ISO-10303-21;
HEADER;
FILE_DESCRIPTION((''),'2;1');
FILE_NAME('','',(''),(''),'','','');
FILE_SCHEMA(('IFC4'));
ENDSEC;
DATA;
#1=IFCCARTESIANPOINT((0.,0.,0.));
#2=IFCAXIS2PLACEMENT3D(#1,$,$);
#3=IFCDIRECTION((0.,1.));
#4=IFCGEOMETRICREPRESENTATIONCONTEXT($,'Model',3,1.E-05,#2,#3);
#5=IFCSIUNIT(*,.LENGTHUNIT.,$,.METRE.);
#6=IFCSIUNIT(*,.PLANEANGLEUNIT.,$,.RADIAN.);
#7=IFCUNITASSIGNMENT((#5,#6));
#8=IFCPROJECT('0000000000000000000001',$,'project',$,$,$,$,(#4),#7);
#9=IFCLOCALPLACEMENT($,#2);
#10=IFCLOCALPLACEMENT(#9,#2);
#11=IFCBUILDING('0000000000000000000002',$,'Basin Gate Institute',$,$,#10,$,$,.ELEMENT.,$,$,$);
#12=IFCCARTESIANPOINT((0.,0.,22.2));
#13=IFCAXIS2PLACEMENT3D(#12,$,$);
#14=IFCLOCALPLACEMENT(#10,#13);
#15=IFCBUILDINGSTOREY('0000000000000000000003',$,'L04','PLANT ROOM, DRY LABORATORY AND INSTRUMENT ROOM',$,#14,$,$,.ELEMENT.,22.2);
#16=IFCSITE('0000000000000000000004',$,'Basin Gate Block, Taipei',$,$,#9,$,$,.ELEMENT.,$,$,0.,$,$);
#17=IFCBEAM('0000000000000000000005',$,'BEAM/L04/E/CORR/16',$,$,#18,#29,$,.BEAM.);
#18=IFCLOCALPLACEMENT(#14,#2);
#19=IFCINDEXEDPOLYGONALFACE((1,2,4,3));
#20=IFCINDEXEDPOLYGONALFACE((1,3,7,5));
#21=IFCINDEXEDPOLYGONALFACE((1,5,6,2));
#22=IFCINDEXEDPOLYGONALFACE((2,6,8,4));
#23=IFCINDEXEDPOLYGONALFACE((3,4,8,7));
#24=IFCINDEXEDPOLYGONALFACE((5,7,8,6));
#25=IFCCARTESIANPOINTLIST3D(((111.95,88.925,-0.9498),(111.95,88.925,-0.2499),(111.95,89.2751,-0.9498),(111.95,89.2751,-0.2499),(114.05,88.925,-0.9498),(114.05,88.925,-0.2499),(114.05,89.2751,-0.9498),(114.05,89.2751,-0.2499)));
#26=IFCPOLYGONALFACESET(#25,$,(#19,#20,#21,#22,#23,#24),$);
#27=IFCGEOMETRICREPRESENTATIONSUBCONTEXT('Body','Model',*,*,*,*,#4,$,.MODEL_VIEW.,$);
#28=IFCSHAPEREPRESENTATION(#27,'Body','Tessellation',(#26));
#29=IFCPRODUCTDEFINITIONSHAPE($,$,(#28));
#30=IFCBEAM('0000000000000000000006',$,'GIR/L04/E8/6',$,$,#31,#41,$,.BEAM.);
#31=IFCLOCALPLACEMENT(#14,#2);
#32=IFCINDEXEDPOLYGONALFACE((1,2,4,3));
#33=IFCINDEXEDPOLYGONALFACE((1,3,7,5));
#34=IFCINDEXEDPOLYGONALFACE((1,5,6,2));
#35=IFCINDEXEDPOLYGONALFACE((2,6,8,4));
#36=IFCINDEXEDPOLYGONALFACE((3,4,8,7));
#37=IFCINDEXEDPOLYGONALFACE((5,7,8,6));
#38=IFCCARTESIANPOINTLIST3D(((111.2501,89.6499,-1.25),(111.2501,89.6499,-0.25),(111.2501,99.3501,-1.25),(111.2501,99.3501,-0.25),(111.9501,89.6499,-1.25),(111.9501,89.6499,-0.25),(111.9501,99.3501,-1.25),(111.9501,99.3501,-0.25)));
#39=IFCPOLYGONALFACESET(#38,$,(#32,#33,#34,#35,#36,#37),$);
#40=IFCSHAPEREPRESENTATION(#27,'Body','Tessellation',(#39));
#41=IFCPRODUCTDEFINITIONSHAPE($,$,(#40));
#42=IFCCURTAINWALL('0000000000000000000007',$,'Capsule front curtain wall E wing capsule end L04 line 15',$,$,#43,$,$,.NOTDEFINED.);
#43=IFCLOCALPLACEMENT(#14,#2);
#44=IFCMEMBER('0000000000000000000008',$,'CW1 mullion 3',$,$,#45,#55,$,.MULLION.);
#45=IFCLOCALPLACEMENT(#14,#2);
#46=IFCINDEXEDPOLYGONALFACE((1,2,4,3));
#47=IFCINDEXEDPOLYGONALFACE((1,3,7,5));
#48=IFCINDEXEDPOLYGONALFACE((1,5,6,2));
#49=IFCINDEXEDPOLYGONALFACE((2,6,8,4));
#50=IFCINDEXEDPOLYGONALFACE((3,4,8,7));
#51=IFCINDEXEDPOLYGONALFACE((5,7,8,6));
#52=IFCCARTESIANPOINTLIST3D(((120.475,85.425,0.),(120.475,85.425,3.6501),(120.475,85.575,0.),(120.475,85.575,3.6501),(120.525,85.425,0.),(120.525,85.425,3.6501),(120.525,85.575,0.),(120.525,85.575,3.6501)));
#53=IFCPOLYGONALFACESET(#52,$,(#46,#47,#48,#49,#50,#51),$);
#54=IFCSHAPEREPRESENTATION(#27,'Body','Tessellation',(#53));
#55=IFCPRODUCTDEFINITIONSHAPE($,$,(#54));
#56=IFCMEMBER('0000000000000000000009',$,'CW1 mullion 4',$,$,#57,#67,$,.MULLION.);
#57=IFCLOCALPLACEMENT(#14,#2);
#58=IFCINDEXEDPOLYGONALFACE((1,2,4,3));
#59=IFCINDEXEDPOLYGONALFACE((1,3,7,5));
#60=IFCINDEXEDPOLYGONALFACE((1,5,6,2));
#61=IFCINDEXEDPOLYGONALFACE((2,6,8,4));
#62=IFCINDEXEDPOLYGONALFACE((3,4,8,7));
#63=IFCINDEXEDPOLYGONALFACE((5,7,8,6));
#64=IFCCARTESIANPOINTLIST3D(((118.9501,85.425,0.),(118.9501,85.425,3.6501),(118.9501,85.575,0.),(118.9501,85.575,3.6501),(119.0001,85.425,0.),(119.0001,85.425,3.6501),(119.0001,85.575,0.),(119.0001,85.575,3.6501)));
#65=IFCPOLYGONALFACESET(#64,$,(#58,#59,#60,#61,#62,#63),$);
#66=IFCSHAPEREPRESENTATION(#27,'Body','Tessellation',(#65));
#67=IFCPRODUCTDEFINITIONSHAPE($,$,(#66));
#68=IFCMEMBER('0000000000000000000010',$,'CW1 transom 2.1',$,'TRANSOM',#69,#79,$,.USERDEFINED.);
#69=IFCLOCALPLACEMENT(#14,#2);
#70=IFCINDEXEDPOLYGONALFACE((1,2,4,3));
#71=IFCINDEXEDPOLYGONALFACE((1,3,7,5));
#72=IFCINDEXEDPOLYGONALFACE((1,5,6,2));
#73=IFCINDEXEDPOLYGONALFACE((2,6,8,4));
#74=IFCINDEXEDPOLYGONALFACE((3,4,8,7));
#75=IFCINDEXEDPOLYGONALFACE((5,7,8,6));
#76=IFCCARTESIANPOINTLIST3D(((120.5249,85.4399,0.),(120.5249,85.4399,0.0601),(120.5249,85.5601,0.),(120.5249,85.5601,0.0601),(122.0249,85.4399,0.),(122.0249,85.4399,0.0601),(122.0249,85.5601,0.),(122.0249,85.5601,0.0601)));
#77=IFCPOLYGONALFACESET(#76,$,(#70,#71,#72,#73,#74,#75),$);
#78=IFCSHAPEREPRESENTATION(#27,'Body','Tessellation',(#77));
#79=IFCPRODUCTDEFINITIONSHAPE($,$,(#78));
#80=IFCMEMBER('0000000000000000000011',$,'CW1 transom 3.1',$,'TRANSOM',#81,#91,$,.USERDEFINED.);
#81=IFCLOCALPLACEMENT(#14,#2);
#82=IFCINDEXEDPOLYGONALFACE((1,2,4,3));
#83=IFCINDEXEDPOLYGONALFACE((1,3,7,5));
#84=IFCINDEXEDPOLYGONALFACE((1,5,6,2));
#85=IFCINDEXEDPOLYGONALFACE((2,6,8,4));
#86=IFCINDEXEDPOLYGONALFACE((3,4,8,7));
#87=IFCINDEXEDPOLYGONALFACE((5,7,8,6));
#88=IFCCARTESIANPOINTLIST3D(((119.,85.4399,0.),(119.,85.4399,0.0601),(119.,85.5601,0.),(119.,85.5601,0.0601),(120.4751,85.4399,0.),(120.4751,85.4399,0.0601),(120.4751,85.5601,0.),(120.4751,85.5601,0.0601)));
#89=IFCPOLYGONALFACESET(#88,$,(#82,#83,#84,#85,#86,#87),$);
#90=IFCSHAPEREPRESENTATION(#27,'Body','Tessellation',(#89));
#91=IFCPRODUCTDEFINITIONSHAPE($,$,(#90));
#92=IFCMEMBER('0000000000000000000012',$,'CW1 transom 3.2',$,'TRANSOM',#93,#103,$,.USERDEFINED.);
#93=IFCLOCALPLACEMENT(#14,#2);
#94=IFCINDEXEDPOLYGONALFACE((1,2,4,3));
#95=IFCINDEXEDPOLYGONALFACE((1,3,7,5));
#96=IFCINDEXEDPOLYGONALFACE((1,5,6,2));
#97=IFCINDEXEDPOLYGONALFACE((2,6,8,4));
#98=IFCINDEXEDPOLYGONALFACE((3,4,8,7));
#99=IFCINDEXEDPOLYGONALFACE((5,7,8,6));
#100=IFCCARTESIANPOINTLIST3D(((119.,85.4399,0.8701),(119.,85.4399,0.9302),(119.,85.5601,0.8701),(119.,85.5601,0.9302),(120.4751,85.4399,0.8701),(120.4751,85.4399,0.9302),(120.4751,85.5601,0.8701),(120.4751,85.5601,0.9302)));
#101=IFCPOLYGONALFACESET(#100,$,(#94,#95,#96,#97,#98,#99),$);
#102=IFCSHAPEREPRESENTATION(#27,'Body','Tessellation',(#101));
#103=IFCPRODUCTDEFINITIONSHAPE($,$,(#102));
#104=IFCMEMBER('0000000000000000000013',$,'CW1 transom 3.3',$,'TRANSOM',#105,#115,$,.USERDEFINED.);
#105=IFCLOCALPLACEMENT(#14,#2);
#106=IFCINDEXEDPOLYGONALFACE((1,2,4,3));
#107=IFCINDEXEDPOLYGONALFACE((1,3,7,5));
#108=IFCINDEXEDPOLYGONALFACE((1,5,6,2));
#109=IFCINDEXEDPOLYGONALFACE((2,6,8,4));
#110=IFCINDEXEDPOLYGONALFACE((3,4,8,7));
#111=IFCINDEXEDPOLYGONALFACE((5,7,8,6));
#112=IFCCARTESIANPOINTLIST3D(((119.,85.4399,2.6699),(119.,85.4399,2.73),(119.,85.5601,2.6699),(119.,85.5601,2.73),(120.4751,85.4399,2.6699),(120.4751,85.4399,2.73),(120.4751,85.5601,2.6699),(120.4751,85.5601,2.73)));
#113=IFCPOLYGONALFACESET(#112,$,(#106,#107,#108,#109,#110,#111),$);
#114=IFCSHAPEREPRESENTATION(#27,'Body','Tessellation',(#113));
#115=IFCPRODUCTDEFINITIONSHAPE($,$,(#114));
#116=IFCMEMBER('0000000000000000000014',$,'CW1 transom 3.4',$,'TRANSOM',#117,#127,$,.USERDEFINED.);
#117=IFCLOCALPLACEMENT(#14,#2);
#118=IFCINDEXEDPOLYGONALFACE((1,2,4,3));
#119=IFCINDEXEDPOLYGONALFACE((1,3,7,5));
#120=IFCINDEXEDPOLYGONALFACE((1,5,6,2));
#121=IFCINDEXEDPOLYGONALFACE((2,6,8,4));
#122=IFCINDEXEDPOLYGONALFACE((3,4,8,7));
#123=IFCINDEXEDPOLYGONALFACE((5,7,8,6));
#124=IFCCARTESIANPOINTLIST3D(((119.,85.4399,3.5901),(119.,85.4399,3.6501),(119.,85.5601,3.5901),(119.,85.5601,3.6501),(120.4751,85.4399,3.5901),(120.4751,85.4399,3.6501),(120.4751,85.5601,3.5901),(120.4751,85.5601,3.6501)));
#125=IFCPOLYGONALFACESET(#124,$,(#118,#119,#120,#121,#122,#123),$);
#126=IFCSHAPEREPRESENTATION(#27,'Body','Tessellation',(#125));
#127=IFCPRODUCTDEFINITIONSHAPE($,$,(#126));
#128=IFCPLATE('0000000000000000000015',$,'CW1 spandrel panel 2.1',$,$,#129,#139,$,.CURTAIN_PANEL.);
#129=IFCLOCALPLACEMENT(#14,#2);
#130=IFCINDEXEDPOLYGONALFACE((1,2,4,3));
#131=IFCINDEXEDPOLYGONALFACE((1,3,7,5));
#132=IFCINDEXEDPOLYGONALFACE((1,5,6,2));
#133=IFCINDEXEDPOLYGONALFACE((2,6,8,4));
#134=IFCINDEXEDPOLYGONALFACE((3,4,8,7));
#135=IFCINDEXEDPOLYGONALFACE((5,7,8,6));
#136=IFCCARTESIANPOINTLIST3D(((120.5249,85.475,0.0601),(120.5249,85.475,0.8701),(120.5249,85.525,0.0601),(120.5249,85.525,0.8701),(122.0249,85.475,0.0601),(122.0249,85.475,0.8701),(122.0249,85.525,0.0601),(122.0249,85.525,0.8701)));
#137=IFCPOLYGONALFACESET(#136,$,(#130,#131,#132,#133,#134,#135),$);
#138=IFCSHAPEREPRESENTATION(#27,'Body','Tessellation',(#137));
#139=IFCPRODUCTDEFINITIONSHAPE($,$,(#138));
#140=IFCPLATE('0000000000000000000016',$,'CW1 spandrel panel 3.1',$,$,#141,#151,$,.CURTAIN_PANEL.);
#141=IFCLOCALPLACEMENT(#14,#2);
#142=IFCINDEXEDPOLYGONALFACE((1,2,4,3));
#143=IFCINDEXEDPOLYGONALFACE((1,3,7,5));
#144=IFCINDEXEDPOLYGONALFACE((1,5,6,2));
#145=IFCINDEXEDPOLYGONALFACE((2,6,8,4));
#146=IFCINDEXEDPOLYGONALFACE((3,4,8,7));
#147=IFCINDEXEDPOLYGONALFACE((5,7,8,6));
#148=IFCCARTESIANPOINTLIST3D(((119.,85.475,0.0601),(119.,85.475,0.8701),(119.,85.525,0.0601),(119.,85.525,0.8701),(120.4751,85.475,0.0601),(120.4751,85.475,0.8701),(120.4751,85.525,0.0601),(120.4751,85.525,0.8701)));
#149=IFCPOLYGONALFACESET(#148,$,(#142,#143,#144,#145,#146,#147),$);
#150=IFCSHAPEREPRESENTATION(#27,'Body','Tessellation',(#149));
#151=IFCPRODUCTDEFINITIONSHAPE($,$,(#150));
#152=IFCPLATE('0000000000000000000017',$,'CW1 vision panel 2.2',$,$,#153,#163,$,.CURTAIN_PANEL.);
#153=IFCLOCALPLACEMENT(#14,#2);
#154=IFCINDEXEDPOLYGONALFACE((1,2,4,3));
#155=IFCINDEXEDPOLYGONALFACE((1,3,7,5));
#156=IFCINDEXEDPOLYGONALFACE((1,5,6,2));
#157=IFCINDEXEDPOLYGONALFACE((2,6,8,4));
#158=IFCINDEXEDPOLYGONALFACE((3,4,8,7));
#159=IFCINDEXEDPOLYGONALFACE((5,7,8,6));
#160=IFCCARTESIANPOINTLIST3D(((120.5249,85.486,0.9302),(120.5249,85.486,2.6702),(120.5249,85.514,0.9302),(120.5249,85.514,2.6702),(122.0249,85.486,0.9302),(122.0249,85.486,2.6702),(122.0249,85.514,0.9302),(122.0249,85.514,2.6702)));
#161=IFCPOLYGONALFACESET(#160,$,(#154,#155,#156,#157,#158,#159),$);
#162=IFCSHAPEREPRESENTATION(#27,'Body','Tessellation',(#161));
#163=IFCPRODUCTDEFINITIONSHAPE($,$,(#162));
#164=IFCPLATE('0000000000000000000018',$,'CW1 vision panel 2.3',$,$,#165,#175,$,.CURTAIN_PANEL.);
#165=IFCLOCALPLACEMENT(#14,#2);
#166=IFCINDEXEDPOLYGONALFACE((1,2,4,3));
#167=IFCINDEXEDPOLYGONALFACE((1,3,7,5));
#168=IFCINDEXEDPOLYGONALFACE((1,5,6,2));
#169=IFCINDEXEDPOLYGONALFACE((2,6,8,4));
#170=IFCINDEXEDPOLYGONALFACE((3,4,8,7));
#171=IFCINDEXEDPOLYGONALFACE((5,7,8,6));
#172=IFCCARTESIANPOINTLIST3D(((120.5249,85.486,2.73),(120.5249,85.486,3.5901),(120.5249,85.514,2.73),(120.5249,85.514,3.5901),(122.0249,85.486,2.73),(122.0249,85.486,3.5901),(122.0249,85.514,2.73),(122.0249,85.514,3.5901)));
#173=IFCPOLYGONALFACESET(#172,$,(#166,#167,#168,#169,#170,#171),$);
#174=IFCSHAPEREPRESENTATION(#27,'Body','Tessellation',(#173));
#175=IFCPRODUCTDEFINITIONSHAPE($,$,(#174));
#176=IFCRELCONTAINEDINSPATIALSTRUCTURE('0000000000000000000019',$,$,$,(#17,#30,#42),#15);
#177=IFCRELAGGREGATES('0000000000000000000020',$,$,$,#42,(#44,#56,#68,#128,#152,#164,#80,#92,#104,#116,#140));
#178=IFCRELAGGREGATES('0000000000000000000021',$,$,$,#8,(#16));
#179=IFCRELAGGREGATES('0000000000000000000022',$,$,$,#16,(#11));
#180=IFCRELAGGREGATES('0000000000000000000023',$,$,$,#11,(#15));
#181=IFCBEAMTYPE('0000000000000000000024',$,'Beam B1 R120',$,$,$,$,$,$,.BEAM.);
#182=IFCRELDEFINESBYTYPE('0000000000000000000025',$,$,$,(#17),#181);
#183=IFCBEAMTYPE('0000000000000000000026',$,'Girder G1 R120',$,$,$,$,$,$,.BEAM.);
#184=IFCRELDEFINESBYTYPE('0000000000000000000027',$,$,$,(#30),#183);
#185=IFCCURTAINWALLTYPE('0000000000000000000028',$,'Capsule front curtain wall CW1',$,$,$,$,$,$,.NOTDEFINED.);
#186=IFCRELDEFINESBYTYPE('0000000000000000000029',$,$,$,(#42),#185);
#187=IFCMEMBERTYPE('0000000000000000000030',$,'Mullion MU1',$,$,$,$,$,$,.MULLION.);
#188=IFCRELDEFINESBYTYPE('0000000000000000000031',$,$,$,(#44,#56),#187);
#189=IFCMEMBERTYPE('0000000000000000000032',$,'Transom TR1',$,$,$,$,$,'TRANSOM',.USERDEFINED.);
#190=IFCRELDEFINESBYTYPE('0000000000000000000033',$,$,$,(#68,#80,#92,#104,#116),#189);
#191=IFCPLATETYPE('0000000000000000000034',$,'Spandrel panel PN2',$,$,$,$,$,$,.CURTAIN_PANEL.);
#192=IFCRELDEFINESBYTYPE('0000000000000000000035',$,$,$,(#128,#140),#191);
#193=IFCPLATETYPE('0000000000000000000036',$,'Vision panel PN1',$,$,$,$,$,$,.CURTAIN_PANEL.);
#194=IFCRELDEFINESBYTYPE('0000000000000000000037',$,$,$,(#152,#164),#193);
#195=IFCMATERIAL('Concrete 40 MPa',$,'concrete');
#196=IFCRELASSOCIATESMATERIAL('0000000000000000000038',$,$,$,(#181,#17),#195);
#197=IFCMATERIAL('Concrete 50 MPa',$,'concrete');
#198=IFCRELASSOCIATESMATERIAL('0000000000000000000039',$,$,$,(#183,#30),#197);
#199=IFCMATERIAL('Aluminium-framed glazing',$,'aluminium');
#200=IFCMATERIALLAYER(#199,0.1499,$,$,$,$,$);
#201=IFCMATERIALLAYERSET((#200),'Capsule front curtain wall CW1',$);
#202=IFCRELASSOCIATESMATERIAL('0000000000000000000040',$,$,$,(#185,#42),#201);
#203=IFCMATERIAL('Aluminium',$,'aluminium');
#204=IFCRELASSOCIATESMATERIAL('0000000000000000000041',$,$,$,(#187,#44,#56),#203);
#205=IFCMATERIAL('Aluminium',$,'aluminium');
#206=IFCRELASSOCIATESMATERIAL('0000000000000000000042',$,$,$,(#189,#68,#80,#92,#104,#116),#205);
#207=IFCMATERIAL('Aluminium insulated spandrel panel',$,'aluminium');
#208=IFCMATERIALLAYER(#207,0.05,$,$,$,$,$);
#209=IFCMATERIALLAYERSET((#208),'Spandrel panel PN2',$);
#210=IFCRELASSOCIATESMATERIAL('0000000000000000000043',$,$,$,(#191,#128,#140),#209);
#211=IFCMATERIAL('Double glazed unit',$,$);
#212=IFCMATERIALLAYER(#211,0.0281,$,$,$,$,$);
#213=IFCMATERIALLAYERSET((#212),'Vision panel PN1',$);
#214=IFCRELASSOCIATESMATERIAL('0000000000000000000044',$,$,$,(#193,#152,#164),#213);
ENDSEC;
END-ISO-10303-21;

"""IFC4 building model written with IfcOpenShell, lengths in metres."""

from ifc_helpers import new_model, si_unit, direction, frame, origin, origin_2d, place, context, subcontext, project, spatial, rectangle, extrude, material, layer, layer_set, material_profile, profile_set, type_object, element, aggregate, save


model = new_model("IFC4")

# Units and contexts
model_context = context("Model", 3, precision=1e-05, world=origin(), true_north=direction((0.0, 1.0)))
body_context = subcontext(model_context, "Body", "Model", "MODEL_VIEW")
ifc_project = project(units=[si_unit("LENGTHUNIT", "METRE"), si_unit("PLANEANGLEUNIT", "RADIAN")], contexts=[model_context])

# Site, building, storey
site_placement = place(None, origin())
site = spatial("IfcSite", under=ifc_project, at=site_placement, Name="Basin Gate Block, Taipei", CompositionType="ELEMENT", RefElevation=0.0)
building_placement = place(site_placement, origin())
building = spatial("IfcBuilding", under=site, at=building_placement, Name="Basin Gate Institute", CompositionType="ELEMENT")
storey_placement = place(building_placement, frame((0.0, 0.0, 22.2)))
storey = spatial("IfcBuildingStorey", under=building, at=storey_placement, Name="L04", Description="PLANT ROOM, DRY LABORATORY AND INSTRUMENT ROOM", CompositionType="ELEMENT", Elevation=22.2)

# Beams
ifc_material_1 = material(Name="Concrete 40 MPa", Category="concrete")
ifc_material_profile_1 = material_profile(ifc_material_1, rectangle(XDim=0.3501, YDim=0.7, at=origin_2d()), Name="Beam B1 350 x 700")
ifc_profile_set_1 = profile_set([ifc_material_profile_1], Name="Concrete 40 MPa")
beam_type_1 = type_object("IfcBeamType", Name="Beam B1 R120", PredefinedType="BEAM", material=ifc_profile_set_1)
beam_1_placement = place(storey_placement, frame((114.05, 89.1001, -0.5999), z_axis=(-1.0, 0.0, 0.0), x_axis=(0.0, -1.0, 0.0)))
element("IfcBeam", 1, at=beam_1_placement, inside=storey, type_object=beam_type_1, material=ifc_profile_set_1, Name="BEAM/L04/E/CORR/16", PredefinedType="BEAM", context=body_context, shape_type="SweptSolid", body=[
    extrude(rectangle(XDim=0.3501, YDim=0.7, at=origin_2d()), origin(), (0.0, 0.0, 1.0), 2.1001),
])
ifc_material_2 = material(Name="Concrete 50 MPa", Category="concrete")
ifc_material_profile_2 = material_profile(ifc_material_2, rectangle(XDim=0.7, YDim=1.0, at=origin_2d()), Name="Girder G1 700 x 1000")
ifc_profile_set_2 = profile_set([ifc_material_profile_2], Name="Concrete 50 MPa")
beam_type_2 = type_object("IfcBeamType", Name="Girder G1 R120", PredefinedType="BEAM", material=ifc_profile_set_2)
beam_2_placement = place(storey_placement, frame((111.6001, 89.6499, -0.75), z_axis=(0.0, 1.0, 0.0), x_axis=(-1.0, 0.0, 0.0)))
element("IfcBeam", 2, at=beam_2_placement, inside=storey, type_object=beam_type_2, material=ifc_profile_set_2, Name="GIR/L04/E8/6", PredefinedType="BEAM", context=body_context, shape_type="SweptSolid", body=[
    extrude(rectangle(XDim=0.7, YDim=1.0, at=origin_2d()), origin(), (0.0, 0.0, 1.0), 9.7002),
])

# Curtain wall, members, plates
ifc_material_3 = material(Name="Aluminium-framed glazing", Category="aluminium")
ifc_layer_1 = layer(ifc_material_3, 0.1499)
ifc_layer_set_1 = layer_set([ifc_layer_1], Name="Capsule front curtain wall CW1")
curtain_wall_type = type_object("IfcCurtainWallType", Name="Capsule front curtain wall CW1", PredefinedType="NOTDEFINED", material=ifc_layer_set_1)
curtain_wall_placement = place(storey_placement, origin())
curtain_wall = element("IfcCurtainWall", 3, at=curtain_wall_placement, inside=storey, type_object=curtain_wall_type, material=ifc_layer_set_1, Name="Capsule front curtain wall E wing capsule end L04 line 15", PredefinedType="NOTDEFINED")
ifc_material_4 = material(Name="Aluminium", Category="aluminium")
ifc_material_profile_3 = material_profile(ifc_material_4, rectangle(XDim=0.1499, YDim=0.05, at=origin_2d()), Name="Mullion MU1 150 x 50")
ifc_profile_set_3 = profile_set([ifc_material_profile_3], Name="Aluminium")
member_type_1 = type_object("IfcMemberType", Name="Mullion MU1", PredefinedType="MULLION", material=ifc_profile_set_3)
member_1_placement = place(storey_placement, frame((120.5, 85.5, 0.0), z_axis=(0.0, 0.0, 1.0), x_axis=(0.0, -1.0, 0.0)))
member_1 = element("IfcMember", 4, at=member_1_placement, type_object=member_type_1, material=ifc_profile_set_3, Name="CW1 mullion 3", PredefinedType="MULLION", context=body_context, shape_type="SweptSolid", body=[
    extrude(rectangle(XDim=0.1499, YDim=0.05, at=origin_2d()), origin(), (0.0, 0.0, 1.0), 3.6501),
])
member_2_placement = place(storey_placement, frame((118.9751, 85.5, 0.0), z_axis=(0.0, 0.0, 1.0), x_axis=(0.0, -1.0, 0.0)))
member_2 = element("IfcMember", 5, at=member_2_placement, type_object=member_type_1, material=ifc_profile_set_3, Name="CW1 mullion 4", PredefinedType="MULLION", context=body_context, shape_type="SweptSolid", body=[
    extrude(rectangle(XDim=0.1499, YDim=0.05, at=origin_2d()), origin(), (0.0, 0.0, 1.0), 3.6501),
])
ifc_material_5 = material(Name="Aluminium", Category="aluminium")
ifc_material_profile_4 = material_profile(ifc_material_5, rectangle(XDim=0.1201, YDim=0.0601, at=origin_2d()), Name="Transom TR1 120 x 60")
ifc_profile_set_4 = profile_set([ifc_material_profile_4], Name="Aluminium")
member_type_2 = type_object("IfcMemberType", Name="Transom TR1", ElementType="TRANSOM", PredefinedType="USERDEFINED", material=ifc_profile_set_4)
member_3_placement = place(storey_placement, frame((122.0249, 85.5, 0.03), z_axis=(-1.0, 0.0, 0.0), x_axis=(0.0, -1.0, 0.0)))
member_3 = element("IfcMember", 6, at=member_3_placement, type_object=member_type_2, material=ifc_profile_set_4, Name="CW1 transom 2.1", ObjectType="TRANSOM", PredefinedType="USERDEFINED", context=body_context, shape_type="SweptSolid", body=[
    extrude(rectangle(XDim=0.1201, YDim=0.0601, at=origin_2d()), origin(), (0.0, 0.0, 1.0), 1.5),
])
member_4_placement = place(storey_placement, frame((120.4751, 85.5, 0.03), z_axis=(-1.0, 0.0, 0.0), x_axis=(0.0, -1.0, 0.0)))
member_4 = element("IfcMember", 7, at=member_4_placement, type_object=member_type_2, material=ifc_profile_set_4, Name="CW1 transom 3.1", ObjectType="TRANSOM", PredefinedType="USERDEFINED", context=body_context, shape_type="SweptSolid", body=[
    extrude(rectangle(XDim=0.1201, YDim=0.0601, at=origin_2d()), origin(), (0.0, 0.0, 1.0), 1.4751),
])
member_5_placement = place(storey_placement, frame((120.4751, 85.5, 0.9001), z_axis=(-1.0, 0.0, 0.0), x_axis=(0.0, -1.0, 0.0)))
member_5 = element("IfcMember", 8, at=member_5_placement, type_object=member_type_2, material=ifc_profile_set_4, Name="CW1 transom 3.2", ObjectType="TRANSOM", PredefinedType="USERDEFINED", context=body_context, shape_type="SweptSolid", body=[
    extrude(rectangle(XDim=0.1201, YDim=0.0601, at=origin_2d()), origin(), (0.0, 0.0, 1.0), 1.4751),
])
member_6_placement = place(storey_placement, frame((120.4751, 85.5, 2.7), z_axis=(-1.0, 0.0, 0.0), x_axis=(0.0, -1.0, 0.0)))
member_6 = element("IfcMember", 9, at=member_6_placement, type_object=member_type_2, material=ifc_profile_set_4, Name="CW1 transom 3.3", ObjectType="TRANSOM", PredefinedType="USERDEFINED", context=body_context, shape_type="SweptSolid", body=[
    extrude(rectangle(XDim=0.1201, YDim=0.0601, at=origin_2d()), origin(), (0.0, 0.0, 1.0), 1.4751),
])
member_7_placement = place(storey_placement, frame((120.4751, 85.5, 3.6201), z_axis=(-1.0, 0.0, 0.0), x_axis=(0.0, -1.0, 0.0)))
member_7 = element("IfcMember", 10, at=member_7_placement, type_object=member_type_2, material=ifc_profile_set_4, Name="CW1 transom 3.4", ObjectType="TRANSOM", PredefinedType="USERDEFINED", context=body_context, shape_type="SweptSolid", body=[
    extrude(rectangle(XDim=0.1201, YDim=0.0601, at=origin_2d()), origin(), (0.0, 0.0, 1.0), 1.4751),
])
ifc_material_6 = material(Name="Aluminium insulated spandrel panel", Category="aluminium")
ifc_layer_2 = layer(ifc_material_6, 0.05)
ifc_layer_set_2 = layer_set([ifc_layer_2], Name="Spandrel panel PN2")
plate_type_1 = type_object("IfcPlateType", Name="Spandrel panel PN2", PredefinedType="CURTAIN_PANEL", material=ifc_layer_set_2)
plate_1_placement = place(storey_placement, frame((121.2749, 85.5, 0.0601), z_axis=(0.0, 0.0, 1.0), x_axis=(-1.0, 0.0, 0.0)))
plate_1 = element("IfcPlate", 11, at=plate_1_placement, type_object=plate_type_1, material=ifc_layer_set_2, Name="CW1 spandrel panel 2.1", PredefinedType="CURTAIN_PANEL", context=body_context, shape_type="SweptSolid", body=[
    extrude(rectangle(XDim=1.5, YDim=0.05, at=origin_2d()), origin(), (0.0, 0.0, 1.0), 0.8101),
])
plate_2_placement = place(storey_placement, frame((119.7375, 85.5, 0.0601), z_axis=(0.0, 0.0, 1.0), x_axis=(-1.0, 0.0, 0.0)))
plate_2 = element("IfcPlate", 12, at=plate_2_placement, type_object=plate_type_1, material=ifc_layer_set_2, Name="CW1 spandrel panel 3.1", PredefinedType="CURTAIN_PANEL", context=body_context, shape_type="SweptSolid", body=[
    extrude(rectangle(XDim=1.4751, YDim=0.05, at=origin_2d()), origin(), (0.0, 0.0, 1.0), 0.8101),
])
ifc_material_7 = material(Name="Double glazed unit")
ifc_layer_3 = layer(ifc_material_7, 0.0281)
ifc_layer_set_3 = layer_set([ifc_layer_3], Name="Vision panel PN1")
plate_type_2 = type_object("IfcPlateType", Name="Vision panel PN1", PredefinedType="CURTAIN_PANEL", material=ifc_layer_set_3)
plate_3_placement = place(storey_placement, frame((121.2749, 85.5, 0.9302), z_axis=(0.0, 0.0, 1.0), x_axis=(-1.0, 0.0, 0.0)))
plate_3 = element("IfcPlate", 13, at=plate_3_placement, type_object=plate_type_2, material=ifc_layer_set_3, Name="CW1 vision panel 2.2", PredefinedType="CURTAIN_PANEL", context=body_context, shape_type="SweptSolid", body=[
    extrude(rectangle(XDim=1.5, YDim=0.0281, at=origin_2d()), origin(), (0.0, 0.0, 1.0), 1.74),
])
plate_4_placement = place(storey_placement, frame((121.2749, 85.5, 2.73), z_axis=(0.0, 0.0, 1.0), x_axis=(-1.0, 0.0, 0.0)))
plate_4 = element("IfcPlate", 14, at=plate_4_placement, type_object=plate_type_2, material=ifc_layer_set_3, Name="CW1 vision panel 2.3", PredefinedType="CURTAIN_PANEL", context=body_context, shape_type="SweptSolid", body=[
    extrude(rectangle(XDim=1.5, YDim=0.0281, at=origin_2d()), origin(), (0.0, 0.0, 1.0), 0.8601),
])
aggregate(curtain_wall, [member_1, member_2, member_3, plate_1, plate_3, plate_4, member_4, member_5, member_6, member_7, plate_2])

save(model, "model.ifc")
